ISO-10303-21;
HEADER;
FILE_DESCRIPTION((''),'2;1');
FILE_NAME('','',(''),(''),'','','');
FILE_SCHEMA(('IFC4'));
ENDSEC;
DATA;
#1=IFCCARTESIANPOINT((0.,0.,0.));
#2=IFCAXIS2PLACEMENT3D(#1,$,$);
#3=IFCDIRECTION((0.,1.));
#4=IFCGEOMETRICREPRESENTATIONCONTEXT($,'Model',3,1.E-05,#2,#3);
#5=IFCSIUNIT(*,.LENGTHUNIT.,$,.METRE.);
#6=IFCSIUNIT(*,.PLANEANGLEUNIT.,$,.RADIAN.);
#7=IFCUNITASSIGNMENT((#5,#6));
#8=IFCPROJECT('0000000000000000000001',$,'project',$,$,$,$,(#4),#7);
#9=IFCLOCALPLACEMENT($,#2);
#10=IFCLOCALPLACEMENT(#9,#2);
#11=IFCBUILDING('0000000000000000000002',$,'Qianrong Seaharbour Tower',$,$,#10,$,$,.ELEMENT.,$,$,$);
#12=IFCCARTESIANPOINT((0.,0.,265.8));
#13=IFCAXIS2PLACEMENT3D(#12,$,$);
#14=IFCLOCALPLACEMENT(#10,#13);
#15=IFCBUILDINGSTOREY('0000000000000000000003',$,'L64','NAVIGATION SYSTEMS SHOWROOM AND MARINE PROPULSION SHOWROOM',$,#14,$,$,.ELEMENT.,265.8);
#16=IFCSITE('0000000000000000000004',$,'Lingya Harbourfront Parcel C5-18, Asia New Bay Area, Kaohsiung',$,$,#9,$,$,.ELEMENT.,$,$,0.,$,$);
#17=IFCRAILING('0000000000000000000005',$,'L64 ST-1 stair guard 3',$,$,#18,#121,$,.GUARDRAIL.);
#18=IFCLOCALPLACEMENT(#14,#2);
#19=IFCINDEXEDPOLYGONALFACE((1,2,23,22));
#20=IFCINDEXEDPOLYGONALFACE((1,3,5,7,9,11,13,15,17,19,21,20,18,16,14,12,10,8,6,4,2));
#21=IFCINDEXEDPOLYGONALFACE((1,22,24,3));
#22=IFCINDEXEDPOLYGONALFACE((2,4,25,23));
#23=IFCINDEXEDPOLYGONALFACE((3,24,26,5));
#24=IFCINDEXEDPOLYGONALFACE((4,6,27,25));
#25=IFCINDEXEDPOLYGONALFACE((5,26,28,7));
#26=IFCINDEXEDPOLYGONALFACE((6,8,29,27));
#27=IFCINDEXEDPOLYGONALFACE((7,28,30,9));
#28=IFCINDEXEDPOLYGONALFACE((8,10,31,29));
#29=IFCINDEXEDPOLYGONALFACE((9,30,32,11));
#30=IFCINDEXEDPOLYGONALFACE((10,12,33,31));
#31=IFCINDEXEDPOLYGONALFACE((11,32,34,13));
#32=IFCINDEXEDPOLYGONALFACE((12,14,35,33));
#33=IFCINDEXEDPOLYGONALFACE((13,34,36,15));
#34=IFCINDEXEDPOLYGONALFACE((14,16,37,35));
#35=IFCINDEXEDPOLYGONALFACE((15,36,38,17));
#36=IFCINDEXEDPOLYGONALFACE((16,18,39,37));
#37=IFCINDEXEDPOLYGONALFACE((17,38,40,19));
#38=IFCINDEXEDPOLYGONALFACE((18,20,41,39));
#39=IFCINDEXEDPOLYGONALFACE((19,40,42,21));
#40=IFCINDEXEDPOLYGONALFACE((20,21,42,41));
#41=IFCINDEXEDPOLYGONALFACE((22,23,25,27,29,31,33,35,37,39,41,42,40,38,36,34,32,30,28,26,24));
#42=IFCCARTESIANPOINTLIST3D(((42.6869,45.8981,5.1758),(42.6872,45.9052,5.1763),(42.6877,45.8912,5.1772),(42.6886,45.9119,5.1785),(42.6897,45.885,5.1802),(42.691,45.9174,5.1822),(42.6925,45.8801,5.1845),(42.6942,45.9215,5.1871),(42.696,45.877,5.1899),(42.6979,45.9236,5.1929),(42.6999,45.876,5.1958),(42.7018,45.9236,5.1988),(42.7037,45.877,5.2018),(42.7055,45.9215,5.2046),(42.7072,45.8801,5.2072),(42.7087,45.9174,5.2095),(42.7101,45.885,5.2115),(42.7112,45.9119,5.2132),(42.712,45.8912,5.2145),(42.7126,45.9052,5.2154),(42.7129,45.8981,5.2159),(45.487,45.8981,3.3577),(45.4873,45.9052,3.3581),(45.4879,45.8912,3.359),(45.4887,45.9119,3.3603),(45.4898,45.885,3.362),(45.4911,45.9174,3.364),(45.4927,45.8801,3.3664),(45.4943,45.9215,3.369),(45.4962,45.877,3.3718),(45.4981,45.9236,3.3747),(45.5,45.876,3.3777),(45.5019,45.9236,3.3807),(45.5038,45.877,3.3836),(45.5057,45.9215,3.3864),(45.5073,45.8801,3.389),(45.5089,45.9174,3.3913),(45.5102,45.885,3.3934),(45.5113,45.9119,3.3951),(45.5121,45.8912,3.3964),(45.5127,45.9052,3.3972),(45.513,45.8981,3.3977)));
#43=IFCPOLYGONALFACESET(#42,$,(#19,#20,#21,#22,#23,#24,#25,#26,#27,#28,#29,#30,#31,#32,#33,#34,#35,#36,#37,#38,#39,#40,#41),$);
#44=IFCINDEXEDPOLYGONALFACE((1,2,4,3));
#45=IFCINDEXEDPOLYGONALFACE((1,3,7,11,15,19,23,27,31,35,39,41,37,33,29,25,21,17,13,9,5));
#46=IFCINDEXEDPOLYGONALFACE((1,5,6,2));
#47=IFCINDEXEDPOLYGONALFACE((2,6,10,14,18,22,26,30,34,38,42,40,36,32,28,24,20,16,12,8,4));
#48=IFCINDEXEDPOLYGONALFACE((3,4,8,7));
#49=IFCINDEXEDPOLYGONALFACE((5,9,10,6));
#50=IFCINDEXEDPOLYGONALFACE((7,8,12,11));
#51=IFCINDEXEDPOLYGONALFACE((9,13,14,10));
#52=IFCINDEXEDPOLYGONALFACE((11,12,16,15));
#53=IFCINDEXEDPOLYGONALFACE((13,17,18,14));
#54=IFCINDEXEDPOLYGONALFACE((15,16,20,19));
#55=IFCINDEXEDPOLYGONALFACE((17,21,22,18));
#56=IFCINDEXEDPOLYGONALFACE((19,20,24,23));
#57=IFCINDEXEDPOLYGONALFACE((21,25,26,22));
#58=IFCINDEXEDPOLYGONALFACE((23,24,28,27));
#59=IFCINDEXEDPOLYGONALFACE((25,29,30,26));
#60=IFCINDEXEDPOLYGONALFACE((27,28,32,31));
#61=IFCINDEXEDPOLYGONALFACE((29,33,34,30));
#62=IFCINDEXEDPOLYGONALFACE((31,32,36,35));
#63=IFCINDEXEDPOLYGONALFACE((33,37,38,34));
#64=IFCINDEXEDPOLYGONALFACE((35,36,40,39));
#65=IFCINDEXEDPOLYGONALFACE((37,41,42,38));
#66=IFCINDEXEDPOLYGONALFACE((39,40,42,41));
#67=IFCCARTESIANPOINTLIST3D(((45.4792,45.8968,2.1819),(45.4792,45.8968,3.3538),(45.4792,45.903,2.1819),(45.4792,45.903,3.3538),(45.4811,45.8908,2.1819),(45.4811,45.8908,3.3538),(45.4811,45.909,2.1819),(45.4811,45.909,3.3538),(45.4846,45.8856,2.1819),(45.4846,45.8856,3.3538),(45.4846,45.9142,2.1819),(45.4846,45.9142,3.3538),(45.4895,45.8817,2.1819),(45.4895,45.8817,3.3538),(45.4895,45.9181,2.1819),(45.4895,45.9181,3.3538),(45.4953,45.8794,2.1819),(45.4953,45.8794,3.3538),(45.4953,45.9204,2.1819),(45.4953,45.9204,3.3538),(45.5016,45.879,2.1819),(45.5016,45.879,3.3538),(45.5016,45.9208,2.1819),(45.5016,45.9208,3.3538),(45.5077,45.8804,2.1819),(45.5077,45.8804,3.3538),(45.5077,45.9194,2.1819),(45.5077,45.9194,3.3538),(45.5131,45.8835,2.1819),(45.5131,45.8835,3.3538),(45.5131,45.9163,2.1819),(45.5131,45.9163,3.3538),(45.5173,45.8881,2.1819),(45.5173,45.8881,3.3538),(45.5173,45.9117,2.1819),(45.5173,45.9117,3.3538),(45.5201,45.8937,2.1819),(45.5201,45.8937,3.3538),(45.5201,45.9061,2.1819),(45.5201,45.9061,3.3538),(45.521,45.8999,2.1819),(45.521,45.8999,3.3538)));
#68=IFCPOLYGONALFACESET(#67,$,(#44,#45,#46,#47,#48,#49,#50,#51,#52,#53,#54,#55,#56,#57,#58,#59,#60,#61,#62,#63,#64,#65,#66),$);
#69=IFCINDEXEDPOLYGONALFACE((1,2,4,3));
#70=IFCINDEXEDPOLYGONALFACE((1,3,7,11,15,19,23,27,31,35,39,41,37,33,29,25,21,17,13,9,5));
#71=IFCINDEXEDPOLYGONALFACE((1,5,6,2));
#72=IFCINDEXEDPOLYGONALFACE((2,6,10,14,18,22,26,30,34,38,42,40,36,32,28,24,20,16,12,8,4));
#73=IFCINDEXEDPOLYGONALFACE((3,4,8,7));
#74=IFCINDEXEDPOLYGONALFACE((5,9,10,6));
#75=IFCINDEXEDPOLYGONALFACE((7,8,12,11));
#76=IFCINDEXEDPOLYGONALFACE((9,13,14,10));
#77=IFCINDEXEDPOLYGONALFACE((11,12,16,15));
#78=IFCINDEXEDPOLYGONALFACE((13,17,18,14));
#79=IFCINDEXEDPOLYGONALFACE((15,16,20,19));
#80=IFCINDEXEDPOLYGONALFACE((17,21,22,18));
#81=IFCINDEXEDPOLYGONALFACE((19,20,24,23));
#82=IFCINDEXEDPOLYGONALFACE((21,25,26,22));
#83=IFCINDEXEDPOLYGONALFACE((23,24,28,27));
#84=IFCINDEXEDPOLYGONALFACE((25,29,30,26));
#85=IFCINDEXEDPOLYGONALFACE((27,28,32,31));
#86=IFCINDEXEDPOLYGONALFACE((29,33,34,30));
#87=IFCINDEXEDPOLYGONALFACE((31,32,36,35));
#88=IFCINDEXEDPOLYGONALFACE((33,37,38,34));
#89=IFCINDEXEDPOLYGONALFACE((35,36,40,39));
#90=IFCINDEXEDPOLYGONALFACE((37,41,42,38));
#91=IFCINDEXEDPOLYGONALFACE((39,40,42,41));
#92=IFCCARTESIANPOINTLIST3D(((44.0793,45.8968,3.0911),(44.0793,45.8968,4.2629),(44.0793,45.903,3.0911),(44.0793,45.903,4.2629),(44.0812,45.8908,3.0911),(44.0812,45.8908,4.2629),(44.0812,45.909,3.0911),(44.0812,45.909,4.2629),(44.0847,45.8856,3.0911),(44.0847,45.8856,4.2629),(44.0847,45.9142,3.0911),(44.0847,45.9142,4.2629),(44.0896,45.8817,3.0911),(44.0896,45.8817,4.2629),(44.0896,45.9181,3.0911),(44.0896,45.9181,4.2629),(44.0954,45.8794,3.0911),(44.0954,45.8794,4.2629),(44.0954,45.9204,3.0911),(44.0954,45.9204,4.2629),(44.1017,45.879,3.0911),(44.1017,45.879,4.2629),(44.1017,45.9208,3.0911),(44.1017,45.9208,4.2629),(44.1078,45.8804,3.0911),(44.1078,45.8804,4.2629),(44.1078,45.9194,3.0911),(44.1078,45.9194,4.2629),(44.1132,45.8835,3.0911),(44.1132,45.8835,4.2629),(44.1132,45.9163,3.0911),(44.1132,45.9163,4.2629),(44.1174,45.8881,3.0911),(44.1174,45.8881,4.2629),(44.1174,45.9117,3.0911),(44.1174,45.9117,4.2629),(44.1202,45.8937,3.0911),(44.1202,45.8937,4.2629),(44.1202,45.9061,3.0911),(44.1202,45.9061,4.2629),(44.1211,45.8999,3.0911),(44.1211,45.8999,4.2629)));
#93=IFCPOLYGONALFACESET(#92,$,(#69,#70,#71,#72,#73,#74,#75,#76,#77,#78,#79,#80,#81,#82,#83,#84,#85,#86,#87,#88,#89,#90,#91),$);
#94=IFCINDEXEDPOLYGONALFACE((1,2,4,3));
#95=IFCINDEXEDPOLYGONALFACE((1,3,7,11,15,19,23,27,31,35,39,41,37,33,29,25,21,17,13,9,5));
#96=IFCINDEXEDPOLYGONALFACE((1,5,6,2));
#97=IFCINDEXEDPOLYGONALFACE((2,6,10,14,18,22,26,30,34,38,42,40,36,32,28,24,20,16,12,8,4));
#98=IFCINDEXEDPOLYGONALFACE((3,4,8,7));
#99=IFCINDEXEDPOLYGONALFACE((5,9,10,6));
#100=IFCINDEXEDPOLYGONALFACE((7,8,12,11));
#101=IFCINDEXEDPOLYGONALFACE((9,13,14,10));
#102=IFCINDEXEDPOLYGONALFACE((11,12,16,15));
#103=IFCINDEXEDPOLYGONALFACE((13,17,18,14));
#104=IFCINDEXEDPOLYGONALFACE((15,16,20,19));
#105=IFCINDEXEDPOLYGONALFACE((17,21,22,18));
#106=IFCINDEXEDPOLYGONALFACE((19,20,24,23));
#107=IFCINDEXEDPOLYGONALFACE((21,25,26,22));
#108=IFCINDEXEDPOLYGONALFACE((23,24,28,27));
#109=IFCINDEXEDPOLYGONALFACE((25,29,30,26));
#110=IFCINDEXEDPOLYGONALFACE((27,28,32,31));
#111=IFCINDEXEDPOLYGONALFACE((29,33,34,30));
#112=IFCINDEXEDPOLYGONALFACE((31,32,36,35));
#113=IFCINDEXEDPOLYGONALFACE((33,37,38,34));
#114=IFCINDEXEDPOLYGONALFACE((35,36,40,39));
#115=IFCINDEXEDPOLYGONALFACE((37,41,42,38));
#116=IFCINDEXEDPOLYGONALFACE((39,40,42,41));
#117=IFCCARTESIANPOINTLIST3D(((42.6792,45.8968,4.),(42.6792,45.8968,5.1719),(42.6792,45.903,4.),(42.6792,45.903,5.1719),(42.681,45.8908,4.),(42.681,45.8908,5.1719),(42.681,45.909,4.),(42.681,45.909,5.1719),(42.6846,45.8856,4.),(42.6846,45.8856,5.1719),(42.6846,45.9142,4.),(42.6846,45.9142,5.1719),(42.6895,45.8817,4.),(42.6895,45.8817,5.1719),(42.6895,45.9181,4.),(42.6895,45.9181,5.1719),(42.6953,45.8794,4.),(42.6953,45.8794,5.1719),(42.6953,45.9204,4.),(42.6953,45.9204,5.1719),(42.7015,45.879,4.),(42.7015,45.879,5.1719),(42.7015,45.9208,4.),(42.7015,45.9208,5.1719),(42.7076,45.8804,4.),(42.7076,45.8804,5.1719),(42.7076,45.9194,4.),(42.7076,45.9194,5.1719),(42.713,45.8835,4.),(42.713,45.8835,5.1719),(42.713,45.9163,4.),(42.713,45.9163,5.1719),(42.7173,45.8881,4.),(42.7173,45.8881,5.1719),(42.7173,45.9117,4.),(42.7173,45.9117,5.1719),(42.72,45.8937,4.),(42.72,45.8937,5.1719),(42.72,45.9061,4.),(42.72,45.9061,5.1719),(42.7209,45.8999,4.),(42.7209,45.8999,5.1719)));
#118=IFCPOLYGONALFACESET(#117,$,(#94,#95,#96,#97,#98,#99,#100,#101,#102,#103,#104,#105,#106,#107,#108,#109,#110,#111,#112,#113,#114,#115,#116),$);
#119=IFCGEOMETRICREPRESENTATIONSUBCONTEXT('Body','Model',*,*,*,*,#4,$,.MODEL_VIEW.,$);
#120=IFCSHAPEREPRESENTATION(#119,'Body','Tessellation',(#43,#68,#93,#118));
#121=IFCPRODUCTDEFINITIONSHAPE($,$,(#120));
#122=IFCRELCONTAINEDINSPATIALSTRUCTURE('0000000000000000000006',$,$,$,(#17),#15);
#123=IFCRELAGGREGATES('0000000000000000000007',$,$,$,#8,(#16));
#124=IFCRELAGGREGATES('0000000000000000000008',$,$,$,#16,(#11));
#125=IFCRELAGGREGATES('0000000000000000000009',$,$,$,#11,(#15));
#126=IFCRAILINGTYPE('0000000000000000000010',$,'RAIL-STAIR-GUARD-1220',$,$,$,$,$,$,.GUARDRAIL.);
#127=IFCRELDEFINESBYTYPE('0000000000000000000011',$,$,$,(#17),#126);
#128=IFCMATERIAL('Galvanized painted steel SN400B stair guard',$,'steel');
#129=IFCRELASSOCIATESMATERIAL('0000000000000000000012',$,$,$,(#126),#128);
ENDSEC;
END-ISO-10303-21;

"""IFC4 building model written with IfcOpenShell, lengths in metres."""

from ifc_helpers import new_model, si_unit, direction, frame, origin, origin_2d, place, context, subcontext, project, spatial, circle, extrude, material, type_object, element, save


model = new_model("IFC4")

# Units and contexts
model_context = context("Model", 3, precision=1e-05, world=origin(), true_north=direction((0.0, 1.0)))
body_context = subcontext(model_context, "Body", "Model", "MODEL_VIEW")
ifc_project = project(units=[si_unit("LENGTHUNIT", "METRE"), si_unit("PLANEANGLEUNIT", "RADIAN")], contexts=[model_context])

# Site, building, storey
site_placement = place(None, origin())
site = spatial("IfcSite", under=ifc_project, at=site_placement, Name="Lingya Harbourfront Parcel C5-18, Asia New Bay Area, Kaohsiung", CompositionType="ELEMENT", RefElevation=0.0)
building_placement = place(site_placement, origin())
building = spatial("IfcBuilding", under=site, at=building_placement, Name="Qianrong Seaharbour Tower", CompositionType="ELEMENT")
storey_placement = place(building_placement, frame((0.0, 0.0, 265.8)))
storey = spatial("IfcBuildingStorey", under=building, at=storey_placement, Name="L64", Description="NAVIGATION SYSTEMS SHOWROOM AND MARINE PROPULSION SHOWROOM", CompositionType="ELEMENT", Elevation=265.8)

# Railing
ifc_material_1 = material(Name="Galvanized painted steel SN400B stair guard", Category="steel")
railing_type_1 = type_object("IfcRailingType", Name="RAIL-STAIR-GUARD-1220", PredefinedType="GUARDRAIL", material=ifc_material_1)
railing_1_placement = place(storey_placement, frame((45.5, 45.8999, 2.1819)))
element("IfcRailing", 1, at=railing_1_placement, inside=storey, type_object=railing_type_1, Name="L64 ST-1 stair guard 3", PredefinedType="GUARDRAIL", context=body_context, shape_type="SweptSolid", body=[
    extrude(circle(Radius=0.0239, at=origin_2d()), frame((0.0, 0.0, 1.1958), z_axis=(-0.838706, 0.0, 0.544585), x_axis=(0.0, -1.0, 0.0)), (0.0, 0.0, 1.0), 3.3386),
    extrude(circle(Radius=0.021, at=origin_2d()), origin(), (0.0, 0.0, 1.0), 1.1719),
    extrude(circle(Radius=0.021, at=origin_2d()), frame((-1.3999, 0.0, 0.9092)), (0.0, 0.0, 1.0), 1.1719),
    extrude(circle(Radius=0.021, at=origin_2d()), frame((-2.8, 0.0, 1.8181)), (0.0, 0.0, 1.0), 1.1719),
])

save(model, "model.ifc")
